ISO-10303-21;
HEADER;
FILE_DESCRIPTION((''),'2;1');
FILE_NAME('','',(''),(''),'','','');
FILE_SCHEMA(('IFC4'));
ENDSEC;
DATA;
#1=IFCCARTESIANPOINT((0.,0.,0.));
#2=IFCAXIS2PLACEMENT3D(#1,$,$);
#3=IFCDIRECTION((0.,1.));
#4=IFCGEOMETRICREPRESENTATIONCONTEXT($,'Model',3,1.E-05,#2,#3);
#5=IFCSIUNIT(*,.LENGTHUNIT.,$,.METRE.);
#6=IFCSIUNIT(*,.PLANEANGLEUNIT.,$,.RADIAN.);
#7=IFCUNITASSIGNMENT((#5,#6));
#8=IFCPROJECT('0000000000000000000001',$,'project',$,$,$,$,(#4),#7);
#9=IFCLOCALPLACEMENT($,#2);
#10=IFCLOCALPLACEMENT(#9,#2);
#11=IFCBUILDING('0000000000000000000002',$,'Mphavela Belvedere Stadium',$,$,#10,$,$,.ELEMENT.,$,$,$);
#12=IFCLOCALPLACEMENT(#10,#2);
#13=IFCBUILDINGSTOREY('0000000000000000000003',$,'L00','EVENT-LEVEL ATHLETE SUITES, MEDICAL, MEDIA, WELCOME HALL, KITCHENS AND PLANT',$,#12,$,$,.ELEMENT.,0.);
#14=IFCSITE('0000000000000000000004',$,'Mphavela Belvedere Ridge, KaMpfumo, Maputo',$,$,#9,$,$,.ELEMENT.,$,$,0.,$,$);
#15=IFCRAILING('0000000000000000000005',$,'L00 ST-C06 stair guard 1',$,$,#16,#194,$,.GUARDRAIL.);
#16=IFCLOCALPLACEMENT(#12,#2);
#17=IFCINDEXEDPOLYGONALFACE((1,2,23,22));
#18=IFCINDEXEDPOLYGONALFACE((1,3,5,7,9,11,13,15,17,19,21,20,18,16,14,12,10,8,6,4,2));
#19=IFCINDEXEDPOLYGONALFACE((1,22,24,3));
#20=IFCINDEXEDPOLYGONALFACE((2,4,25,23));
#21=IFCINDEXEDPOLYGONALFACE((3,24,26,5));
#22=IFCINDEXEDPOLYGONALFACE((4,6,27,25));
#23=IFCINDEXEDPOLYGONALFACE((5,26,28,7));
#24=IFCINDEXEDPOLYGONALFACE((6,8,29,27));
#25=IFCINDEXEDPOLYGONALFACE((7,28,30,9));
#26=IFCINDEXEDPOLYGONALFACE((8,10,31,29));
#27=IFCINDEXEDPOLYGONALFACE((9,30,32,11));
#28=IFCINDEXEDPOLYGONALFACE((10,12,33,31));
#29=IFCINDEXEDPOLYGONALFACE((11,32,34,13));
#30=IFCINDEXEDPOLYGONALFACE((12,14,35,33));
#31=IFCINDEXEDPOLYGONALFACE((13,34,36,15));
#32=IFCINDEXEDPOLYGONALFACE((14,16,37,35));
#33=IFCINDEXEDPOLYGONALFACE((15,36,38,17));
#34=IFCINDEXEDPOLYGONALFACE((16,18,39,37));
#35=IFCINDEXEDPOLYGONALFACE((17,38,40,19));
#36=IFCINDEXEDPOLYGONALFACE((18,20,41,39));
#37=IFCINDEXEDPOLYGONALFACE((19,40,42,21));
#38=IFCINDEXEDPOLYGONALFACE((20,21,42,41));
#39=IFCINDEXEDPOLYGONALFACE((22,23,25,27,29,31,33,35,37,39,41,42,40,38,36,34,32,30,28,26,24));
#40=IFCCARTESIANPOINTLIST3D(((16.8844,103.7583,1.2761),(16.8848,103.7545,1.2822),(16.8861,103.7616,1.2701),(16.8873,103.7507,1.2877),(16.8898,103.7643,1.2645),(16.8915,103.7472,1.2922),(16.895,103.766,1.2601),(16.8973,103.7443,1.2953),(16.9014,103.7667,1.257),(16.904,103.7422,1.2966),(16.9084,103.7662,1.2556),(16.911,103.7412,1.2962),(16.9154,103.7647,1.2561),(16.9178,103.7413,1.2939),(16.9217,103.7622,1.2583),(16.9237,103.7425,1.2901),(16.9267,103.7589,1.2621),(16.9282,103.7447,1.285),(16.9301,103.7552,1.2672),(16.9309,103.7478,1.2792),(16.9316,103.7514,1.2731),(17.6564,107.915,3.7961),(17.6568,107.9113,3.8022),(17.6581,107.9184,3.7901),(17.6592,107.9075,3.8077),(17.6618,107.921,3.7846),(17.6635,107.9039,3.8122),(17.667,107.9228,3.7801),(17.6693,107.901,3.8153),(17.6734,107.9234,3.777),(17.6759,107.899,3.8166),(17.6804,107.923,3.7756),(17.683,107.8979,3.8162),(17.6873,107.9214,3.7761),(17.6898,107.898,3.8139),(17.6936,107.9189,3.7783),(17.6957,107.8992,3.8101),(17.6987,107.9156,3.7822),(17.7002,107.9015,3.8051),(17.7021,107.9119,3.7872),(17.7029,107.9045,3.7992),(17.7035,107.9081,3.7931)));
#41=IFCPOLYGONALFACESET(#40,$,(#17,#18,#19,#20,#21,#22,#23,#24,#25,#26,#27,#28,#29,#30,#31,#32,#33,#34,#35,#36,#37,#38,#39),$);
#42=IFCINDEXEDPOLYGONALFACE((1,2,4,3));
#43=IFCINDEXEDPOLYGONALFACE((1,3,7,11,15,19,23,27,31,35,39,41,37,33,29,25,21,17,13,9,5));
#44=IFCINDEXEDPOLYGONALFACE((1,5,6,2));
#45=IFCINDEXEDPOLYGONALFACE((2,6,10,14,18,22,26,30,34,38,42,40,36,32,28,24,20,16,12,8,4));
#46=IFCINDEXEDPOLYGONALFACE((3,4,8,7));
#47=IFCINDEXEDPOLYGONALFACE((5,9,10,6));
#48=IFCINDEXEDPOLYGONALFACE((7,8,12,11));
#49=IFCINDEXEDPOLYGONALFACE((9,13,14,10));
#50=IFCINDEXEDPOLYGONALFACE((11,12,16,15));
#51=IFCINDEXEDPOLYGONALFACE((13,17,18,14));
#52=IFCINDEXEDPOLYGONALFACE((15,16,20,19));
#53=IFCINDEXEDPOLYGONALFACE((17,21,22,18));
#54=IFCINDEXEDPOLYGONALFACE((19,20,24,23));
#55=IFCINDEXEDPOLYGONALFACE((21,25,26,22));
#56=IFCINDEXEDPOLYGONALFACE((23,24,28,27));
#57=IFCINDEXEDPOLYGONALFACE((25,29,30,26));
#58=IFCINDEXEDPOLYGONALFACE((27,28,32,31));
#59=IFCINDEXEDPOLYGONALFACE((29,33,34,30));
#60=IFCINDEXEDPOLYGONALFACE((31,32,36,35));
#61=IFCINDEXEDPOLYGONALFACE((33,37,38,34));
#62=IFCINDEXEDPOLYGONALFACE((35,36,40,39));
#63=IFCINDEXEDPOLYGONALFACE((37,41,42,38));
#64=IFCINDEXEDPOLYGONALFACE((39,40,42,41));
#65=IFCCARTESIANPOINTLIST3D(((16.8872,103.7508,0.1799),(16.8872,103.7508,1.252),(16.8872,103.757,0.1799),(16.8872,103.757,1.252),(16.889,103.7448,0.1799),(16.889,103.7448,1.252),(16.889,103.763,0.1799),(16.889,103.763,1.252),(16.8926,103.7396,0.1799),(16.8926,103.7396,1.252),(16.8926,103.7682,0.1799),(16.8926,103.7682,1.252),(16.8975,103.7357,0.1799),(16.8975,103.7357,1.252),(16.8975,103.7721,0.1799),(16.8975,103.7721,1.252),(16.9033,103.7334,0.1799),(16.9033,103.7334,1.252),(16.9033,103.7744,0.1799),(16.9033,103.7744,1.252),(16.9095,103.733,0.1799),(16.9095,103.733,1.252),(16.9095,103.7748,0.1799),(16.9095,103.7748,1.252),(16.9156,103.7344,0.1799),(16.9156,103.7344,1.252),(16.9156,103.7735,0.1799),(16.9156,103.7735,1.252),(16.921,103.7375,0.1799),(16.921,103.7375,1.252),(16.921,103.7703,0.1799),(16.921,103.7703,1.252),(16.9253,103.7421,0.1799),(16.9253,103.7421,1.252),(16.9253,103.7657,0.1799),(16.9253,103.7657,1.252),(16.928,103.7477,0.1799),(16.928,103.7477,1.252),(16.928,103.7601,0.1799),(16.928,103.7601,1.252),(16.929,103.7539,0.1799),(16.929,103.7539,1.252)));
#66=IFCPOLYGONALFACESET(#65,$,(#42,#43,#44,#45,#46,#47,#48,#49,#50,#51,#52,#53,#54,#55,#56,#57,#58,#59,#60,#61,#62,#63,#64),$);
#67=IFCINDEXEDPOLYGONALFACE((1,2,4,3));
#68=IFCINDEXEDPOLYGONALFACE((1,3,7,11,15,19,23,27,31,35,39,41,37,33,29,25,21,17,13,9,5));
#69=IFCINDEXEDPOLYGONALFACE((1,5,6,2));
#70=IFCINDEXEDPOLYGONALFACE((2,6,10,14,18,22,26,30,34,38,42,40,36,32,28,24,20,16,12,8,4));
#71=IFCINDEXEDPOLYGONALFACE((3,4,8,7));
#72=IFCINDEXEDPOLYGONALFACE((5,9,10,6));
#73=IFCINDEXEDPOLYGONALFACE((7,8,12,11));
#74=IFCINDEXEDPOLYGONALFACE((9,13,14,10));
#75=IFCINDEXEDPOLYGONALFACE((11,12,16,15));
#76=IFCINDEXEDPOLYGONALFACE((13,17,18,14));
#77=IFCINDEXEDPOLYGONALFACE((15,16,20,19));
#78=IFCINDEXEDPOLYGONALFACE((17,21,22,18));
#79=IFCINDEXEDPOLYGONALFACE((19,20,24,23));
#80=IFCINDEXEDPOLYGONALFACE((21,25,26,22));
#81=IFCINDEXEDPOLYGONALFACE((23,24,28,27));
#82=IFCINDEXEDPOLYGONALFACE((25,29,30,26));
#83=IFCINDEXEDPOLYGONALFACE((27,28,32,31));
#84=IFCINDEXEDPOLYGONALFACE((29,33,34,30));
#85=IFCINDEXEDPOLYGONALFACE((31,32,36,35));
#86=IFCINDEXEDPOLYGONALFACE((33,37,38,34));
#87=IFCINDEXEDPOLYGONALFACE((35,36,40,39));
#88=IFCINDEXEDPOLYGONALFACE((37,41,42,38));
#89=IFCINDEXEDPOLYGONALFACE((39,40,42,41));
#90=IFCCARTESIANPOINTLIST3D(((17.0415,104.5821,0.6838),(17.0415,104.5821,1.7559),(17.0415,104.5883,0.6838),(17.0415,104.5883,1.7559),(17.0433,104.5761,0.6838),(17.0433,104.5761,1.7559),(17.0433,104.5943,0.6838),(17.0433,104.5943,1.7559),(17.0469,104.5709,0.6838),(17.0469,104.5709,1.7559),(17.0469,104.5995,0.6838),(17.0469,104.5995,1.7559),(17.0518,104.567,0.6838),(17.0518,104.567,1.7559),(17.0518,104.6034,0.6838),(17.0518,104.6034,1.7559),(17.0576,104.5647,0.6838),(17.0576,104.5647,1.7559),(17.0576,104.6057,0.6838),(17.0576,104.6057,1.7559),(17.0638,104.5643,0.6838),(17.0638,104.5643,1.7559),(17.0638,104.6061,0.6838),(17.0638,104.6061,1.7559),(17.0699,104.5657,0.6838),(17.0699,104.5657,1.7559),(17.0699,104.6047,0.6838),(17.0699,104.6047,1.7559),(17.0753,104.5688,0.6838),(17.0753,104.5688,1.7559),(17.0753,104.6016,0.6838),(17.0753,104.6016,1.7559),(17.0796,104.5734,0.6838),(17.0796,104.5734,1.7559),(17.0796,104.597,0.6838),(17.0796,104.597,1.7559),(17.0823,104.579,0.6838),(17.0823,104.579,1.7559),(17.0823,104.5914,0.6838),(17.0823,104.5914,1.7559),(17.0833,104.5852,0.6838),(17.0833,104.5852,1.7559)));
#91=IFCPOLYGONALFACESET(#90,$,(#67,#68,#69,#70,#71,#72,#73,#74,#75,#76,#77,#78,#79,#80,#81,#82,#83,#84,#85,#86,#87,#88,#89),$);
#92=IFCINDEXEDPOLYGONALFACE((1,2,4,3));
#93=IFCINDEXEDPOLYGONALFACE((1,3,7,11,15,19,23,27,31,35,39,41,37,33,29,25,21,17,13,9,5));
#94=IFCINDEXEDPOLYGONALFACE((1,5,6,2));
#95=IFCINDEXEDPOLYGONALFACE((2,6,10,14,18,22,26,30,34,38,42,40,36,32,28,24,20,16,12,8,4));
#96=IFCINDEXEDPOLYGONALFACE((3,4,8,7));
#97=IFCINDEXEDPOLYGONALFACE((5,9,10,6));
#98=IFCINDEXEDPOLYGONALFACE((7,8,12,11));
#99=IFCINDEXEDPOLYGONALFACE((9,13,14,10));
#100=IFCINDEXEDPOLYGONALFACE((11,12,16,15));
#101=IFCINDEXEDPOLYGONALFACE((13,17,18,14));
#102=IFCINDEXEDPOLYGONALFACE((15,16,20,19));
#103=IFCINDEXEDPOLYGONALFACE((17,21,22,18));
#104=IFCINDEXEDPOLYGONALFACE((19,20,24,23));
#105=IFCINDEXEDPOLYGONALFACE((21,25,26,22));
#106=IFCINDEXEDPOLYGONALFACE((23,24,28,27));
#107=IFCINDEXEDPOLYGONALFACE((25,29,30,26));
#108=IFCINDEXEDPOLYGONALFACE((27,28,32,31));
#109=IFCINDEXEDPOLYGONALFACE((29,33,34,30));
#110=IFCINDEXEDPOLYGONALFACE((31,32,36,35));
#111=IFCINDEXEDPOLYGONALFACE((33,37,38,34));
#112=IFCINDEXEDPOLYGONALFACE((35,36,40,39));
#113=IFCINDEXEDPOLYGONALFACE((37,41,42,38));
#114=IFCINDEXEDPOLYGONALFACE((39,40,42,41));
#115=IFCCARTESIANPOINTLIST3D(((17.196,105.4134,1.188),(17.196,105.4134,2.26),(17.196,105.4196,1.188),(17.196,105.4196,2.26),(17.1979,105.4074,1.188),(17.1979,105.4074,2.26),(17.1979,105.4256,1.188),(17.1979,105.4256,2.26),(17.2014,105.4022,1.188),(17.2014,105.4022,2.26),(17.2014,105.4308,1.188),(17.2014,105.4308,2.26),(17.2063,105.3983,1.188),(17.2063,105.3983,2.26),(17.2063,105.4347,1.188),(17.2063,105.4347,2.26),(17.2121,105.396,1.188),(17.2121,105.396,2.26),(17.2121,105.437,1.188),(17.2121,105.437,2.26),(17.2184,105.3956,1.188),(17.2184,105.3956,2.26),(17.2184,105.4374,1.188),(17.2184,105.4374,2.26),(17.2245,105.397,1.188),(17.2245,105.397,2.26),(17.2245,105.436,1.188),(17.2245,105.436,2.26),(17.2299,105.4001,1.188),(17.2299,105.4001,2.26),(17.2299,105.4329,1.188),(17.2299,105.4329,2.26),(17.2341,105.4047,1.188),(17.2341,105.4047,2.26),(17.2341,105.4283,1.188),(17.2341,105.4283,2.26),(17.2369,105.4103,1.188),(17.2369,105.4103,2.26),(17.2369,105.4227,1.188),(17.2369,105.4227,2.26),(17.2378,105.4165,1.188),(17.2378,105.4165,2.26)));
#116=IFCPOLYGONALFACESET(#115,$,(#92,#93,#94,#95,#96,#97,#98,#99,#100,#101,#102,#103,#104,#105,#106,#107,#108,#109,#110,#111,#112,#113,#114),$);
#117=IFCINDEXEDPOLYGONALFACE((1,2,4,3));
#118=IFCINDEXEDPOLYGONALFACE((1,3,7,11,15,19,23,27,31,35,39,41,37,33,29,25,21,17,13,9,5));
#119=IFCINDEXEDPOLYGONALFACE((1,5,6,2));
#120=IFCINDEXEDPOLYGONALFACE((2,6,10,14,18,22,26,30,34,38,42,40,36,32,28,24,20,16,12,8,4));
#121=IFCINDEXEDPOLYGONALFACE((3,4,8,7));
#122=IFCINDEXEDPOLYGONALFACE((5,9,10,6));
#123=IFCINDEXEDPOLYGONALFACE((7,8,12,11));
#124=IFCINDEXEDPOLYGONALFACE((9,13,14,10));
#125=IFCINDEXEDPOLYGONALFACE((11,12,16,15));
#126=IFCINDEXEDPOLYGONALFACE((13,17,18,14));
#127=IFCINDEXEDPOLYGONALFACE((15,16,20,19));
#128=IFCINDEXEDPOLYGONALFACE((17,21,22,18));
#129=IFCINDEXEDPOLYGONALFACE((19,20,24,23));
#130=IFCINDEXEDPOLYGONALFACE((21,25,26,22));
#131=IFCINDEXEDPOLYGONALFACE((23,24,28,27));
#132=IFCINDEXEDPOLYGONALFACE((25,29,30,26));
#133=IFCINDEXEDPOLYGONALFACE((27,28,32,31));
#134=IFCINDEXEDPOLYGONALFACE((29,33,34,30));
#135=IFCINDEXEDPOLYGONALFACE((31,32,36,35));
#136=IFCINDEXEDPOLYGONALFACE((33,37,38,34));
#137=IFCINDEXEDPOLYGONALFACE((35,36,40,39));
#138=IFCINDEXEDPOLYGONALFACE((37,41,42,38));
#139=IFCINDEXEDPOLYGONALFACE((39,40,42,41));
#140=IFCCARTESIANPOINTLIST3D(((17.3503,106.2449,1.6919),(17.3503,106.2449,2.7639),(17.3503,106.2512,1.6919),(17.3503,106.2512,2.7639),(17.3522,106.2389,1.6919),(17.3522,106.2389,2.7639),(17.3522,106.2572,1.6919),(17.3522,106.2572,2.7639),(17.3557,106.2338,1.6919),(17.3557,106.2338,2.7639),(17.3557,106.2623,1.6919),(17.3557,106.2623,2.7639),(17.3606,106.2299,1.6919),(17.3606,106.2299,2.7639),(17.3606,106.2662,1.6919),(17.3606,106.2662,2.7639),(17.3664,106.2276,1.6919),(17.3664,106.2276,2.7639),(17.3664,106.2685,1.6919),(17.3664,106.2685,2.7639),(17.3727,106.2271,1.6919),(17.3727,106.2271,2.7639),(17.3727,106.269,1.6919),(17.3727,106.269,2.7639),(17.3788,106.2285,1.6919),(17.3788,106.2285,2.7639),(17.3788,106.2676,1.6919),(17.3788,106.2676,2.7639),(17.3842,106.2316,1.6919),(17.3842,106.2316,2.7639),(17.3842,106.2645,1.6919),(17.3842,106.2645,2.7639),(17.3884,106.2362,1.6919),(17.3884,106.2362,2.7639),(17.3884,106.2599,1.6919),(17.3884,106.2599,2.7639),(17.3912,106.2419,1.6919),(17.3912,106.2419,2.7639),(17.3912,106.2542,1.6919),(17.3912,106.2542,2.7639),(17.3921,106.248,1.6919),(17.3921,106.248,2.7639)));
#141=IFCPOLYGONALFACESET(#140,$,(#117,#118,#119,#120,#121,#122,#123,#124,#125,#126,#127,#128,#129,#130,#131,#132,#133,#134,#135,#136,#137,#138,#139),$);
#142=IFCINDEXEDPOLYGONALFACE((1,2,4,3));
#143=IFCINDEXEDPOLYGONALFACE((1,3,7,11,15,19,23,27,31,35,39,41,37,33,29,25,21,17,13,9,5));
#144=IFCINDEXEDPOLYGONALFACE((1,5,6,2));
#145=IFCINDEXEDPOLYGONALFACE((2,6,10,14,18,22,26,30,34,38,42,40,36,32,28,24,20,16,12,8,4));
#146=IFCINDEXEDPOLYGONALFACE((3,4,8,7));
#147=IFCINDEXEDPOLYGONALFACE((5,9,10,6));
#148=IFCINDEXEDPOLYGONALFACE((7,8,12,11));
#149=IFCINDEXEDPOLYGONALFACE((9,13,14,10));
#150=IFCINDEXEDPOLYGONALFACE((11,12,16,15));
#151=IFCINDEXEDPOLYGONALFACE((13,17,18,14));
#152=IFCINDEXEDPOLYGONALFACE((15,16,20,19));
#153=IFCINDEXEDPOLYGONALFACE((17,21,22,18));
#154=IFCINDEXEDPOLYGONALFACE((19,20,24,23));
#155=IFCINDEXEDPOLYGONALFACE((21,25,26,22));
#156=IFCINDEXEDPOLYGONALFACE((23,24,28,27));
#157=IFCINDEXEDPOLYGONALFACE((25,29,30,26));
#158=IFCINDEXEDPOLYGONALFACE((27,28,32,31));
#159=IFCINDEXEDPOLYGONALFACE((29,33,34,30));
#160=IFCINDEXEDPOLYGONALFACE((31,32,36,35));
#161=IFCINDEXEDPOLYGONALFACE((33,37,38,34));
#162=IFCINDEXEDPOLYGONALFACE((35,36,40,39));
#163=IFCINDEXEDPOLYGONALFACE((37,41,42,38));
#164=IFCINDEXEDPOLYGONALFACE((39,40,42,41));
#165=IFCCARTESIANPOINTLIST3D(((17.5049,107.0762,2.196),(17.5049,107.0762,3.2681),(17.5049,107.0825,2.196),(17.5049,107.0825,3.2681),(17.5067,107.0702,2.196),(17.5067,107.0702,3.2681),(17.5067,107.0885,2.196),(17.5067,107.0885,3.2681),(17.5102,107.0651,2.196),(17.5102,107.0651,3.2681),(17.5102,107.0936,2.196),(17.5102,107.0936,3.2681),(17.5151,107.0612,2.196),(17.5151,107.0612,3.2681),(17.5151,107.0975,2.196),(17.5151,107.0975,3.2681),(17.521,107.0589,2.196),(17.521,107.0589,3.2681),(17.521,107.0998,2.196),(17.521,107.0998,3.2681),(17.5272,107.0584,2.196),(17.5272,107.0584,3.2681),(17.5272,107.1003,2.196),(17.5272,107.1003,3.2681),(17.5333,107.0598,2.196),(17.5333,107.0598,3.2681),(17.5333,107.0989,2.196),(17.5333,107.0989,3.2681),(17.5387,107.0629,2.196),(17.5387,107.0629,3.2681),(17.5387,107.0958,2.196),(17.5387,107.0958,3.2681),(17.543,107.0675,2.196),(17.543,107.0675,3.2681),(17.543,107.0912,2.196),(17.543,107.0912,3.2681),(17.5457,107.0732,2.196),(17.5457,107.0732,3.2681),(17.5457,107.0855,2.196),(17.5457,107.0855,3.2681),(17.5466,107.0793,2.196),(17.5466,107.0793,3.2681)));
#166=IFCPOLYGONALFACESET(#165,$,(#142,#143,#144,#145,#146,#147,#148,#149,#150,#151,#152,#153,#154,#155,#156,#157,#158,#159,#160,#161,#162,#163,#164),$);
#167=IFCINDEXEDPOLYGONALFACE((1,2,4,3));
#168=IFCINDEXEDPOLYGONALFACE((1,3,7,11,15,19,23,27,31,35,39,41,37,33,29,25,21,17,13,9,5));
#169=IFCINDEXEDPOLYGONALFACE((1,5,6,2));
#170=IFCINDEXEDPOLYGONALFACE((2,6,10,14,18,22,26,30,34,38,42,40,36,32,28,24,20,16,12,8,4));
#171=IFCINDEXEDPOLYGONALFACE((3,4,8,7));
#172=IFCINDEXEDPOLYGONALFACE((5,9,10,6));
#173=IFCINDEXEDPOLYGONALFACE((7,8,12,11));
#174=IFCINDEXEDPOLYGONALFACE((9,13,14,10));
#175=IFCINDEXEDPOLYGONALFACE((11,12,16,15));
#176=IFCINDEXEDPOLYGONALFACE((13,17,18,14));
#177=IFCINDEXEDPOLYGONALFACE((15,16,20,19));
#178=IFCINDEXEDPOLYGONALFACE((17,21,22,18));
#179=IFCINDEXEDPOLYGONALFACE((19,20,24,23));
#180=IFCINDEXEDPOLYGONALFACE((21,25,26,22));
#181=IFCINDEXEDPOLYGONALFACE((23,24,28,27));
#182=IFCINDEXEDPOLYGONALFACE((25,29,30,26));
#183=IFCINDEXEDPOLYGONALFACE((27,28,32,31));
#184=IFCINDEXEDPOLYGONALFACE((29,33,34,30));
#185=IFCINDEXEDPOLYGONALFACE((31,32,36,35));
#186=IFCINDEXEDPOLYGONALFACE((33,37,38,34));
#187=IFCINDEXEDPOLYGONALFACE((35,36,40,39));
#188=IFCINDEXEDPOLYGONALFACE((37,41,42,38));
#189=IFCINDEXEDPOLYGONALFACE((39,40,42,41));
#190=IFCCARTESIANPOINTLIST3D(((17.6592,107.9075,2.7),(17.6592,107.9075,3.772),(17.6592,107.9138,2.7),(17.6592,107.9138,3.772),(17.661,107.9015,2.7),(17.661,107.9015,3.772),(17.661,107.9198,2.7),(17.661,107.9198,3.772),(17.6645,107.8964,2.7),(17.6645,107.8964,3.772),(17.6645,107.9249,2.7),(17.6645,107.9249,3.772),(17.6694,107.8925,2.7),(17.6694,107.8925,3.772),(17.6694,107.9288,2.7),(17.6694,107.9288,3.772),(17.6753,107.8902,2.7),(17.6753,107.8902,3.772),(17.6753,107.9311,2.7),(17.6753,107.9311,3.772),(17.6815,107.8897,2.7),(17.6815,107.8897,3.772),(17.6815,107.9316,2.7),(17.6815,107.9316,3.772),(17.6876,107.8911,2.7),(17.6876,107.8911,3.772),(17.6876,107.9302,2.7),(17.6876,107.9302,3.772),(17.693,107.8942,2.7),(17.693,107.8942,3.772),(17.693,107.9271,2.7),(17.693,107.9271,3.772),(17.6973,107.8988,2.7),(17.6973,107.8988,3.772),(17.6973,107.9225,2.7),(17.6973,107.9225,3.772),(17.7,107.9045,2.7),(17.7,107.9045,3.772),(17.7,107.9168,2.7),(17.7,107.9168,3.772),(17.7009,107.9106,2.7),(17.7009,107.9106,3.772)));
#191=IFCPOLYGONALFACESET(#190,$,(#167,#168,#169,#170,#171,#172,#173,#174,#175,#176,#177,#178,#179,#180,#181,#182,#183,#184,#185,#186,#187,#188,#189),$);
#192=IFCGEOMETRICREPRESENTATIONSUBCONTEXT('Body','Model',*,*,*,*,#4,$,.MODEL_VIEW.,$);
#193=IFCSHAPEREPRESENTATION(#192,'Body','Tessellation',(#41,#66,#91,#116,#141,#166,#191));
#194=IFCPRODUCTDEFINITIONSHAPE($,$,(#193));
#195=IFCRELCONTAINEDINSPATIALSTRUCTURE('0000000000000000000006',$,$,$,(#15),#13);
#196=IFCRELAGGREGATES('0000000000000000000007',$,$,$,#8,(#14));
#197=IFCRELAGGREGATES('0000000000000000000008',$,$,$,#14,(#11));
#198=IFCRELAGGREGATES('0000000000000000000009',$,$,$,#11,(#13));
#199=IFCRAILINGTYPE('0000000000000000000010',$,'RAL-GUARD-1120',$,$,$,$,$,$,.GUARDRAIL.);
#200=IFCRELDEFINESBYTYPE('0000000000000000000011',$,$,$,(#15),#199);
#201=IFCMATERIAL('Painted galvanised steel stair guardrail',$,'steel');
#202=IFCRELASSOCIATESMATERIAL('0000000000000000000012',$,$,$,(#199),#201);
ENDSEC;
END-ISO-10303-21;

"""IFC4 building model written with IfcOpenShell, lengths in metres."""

from ifc_helpers import new_model, si_unit, direction, frame, origin, origin_2d, place, context, subcontext, project, spatial, circle, extrude, material, type_object, element, save


model = new_model("IFC4")

# Units and contexts
model_context = context("Model", 3, precision=1e-05, world=origin(), true_north=direction((0.0, 1.0)))
body_context = subcontext(model_context, "Body", "Model", "MODEL_VIEW")
ifc_project = project(units=[si_unit("LENGTHUNIT", "METRE"), si_unit("PLANEANGLEUNIT", "RADIAN")], contexts=[model_context])

# Site, building, storey
site_placement = place(None, origin())
site = spatial("IfcSite", under=ifc_project, at=site_placement, Name="Mphavela Belvedere Ridge, KaMpfumo, Maputo", CompositionType="ELEMENT", RefElevation=0.0)
building_placement = place(site_placement, origin())
building = spatial("IfcBuilding", under=site, at=building_placement, Name="Mphavela Belvedere Stadium", CompositionType="ELEMENT")
storey_placement = place(building_placement, origin())
storey = spatial("IfcBuildingStorey", under=building, at=storey_placement, Name="L00", Description="EVENT-LEVEL ATHLETE SUITES, MEDICAL, MEDIA, WELCOME HALL, KITCHENS AND PLANT", CompositionType="ELEMENT", Elevation=0.0)

# Railing
ifc_material_1 = material(Name="Painted galvanised steel stair guardrail", Category="steel")
railing_type_1 = type_object("IfcRailingType", Name="RAL-GUARD-1120", PredefinedType="GUARDRAIL", material=ifc_material_1)
railing_1_placement = place(storey_placement, frame((16.908, 103.7539, 0.1799)))
element("IfcRailing", 1, at=railing_1_placement, inside=storey, type_object=railing_type_1, Name="L00 ST-C06 stair guard 1", PredefinedType="GUARDRAIL", context=body_context, shape_type="SweptSolid", body=[
    extrude(circle(Radius=0.0239, at=origin_2d()), frame((0.0, 0.0, 1.0962), z_axis=(0.156845, 0.844543, 0.512003), x_axis=(-0.983188, 0.182594, 0.0)), (0.0, 0.0, 1.0), 4.9219),
    extrude(circle(Radius=0.021, at=origin_2d()), origin(), (0.0, 0.0, 1.0), 1.072),
    extrude(circle(Radius=0.021, at=origin_2d()), frame((0.1543, 0.8313, 0.5039)), (0.0, 0.0, 1.0), 1.072),
    extrude(circle(Radius=0.021, at=origin_2d()), frame((0.3088, 1.6626, 1.0081)), (0.0, 0.0, 1.0), 1.072),
    extrude(circle(Radius=0.021, at=origin_2d()), frame((0.4631, 2.4941, 1.512)), (0.0, 0.0, 1.0), 1.072),
    extrude(circle(Radius=0.021, at=origin_2d()), frame((0.6177, 3.3254, 2.0161)), (0.0, 0.0, 1.0), 1.072),
    extrude(circle(Radius=0.021, at=origin_2d()), frame((0.772, 4.1567, 2.52)), (0.0, 0.0, 1.0), 1.072),
])

save(model, "model.ifc")
